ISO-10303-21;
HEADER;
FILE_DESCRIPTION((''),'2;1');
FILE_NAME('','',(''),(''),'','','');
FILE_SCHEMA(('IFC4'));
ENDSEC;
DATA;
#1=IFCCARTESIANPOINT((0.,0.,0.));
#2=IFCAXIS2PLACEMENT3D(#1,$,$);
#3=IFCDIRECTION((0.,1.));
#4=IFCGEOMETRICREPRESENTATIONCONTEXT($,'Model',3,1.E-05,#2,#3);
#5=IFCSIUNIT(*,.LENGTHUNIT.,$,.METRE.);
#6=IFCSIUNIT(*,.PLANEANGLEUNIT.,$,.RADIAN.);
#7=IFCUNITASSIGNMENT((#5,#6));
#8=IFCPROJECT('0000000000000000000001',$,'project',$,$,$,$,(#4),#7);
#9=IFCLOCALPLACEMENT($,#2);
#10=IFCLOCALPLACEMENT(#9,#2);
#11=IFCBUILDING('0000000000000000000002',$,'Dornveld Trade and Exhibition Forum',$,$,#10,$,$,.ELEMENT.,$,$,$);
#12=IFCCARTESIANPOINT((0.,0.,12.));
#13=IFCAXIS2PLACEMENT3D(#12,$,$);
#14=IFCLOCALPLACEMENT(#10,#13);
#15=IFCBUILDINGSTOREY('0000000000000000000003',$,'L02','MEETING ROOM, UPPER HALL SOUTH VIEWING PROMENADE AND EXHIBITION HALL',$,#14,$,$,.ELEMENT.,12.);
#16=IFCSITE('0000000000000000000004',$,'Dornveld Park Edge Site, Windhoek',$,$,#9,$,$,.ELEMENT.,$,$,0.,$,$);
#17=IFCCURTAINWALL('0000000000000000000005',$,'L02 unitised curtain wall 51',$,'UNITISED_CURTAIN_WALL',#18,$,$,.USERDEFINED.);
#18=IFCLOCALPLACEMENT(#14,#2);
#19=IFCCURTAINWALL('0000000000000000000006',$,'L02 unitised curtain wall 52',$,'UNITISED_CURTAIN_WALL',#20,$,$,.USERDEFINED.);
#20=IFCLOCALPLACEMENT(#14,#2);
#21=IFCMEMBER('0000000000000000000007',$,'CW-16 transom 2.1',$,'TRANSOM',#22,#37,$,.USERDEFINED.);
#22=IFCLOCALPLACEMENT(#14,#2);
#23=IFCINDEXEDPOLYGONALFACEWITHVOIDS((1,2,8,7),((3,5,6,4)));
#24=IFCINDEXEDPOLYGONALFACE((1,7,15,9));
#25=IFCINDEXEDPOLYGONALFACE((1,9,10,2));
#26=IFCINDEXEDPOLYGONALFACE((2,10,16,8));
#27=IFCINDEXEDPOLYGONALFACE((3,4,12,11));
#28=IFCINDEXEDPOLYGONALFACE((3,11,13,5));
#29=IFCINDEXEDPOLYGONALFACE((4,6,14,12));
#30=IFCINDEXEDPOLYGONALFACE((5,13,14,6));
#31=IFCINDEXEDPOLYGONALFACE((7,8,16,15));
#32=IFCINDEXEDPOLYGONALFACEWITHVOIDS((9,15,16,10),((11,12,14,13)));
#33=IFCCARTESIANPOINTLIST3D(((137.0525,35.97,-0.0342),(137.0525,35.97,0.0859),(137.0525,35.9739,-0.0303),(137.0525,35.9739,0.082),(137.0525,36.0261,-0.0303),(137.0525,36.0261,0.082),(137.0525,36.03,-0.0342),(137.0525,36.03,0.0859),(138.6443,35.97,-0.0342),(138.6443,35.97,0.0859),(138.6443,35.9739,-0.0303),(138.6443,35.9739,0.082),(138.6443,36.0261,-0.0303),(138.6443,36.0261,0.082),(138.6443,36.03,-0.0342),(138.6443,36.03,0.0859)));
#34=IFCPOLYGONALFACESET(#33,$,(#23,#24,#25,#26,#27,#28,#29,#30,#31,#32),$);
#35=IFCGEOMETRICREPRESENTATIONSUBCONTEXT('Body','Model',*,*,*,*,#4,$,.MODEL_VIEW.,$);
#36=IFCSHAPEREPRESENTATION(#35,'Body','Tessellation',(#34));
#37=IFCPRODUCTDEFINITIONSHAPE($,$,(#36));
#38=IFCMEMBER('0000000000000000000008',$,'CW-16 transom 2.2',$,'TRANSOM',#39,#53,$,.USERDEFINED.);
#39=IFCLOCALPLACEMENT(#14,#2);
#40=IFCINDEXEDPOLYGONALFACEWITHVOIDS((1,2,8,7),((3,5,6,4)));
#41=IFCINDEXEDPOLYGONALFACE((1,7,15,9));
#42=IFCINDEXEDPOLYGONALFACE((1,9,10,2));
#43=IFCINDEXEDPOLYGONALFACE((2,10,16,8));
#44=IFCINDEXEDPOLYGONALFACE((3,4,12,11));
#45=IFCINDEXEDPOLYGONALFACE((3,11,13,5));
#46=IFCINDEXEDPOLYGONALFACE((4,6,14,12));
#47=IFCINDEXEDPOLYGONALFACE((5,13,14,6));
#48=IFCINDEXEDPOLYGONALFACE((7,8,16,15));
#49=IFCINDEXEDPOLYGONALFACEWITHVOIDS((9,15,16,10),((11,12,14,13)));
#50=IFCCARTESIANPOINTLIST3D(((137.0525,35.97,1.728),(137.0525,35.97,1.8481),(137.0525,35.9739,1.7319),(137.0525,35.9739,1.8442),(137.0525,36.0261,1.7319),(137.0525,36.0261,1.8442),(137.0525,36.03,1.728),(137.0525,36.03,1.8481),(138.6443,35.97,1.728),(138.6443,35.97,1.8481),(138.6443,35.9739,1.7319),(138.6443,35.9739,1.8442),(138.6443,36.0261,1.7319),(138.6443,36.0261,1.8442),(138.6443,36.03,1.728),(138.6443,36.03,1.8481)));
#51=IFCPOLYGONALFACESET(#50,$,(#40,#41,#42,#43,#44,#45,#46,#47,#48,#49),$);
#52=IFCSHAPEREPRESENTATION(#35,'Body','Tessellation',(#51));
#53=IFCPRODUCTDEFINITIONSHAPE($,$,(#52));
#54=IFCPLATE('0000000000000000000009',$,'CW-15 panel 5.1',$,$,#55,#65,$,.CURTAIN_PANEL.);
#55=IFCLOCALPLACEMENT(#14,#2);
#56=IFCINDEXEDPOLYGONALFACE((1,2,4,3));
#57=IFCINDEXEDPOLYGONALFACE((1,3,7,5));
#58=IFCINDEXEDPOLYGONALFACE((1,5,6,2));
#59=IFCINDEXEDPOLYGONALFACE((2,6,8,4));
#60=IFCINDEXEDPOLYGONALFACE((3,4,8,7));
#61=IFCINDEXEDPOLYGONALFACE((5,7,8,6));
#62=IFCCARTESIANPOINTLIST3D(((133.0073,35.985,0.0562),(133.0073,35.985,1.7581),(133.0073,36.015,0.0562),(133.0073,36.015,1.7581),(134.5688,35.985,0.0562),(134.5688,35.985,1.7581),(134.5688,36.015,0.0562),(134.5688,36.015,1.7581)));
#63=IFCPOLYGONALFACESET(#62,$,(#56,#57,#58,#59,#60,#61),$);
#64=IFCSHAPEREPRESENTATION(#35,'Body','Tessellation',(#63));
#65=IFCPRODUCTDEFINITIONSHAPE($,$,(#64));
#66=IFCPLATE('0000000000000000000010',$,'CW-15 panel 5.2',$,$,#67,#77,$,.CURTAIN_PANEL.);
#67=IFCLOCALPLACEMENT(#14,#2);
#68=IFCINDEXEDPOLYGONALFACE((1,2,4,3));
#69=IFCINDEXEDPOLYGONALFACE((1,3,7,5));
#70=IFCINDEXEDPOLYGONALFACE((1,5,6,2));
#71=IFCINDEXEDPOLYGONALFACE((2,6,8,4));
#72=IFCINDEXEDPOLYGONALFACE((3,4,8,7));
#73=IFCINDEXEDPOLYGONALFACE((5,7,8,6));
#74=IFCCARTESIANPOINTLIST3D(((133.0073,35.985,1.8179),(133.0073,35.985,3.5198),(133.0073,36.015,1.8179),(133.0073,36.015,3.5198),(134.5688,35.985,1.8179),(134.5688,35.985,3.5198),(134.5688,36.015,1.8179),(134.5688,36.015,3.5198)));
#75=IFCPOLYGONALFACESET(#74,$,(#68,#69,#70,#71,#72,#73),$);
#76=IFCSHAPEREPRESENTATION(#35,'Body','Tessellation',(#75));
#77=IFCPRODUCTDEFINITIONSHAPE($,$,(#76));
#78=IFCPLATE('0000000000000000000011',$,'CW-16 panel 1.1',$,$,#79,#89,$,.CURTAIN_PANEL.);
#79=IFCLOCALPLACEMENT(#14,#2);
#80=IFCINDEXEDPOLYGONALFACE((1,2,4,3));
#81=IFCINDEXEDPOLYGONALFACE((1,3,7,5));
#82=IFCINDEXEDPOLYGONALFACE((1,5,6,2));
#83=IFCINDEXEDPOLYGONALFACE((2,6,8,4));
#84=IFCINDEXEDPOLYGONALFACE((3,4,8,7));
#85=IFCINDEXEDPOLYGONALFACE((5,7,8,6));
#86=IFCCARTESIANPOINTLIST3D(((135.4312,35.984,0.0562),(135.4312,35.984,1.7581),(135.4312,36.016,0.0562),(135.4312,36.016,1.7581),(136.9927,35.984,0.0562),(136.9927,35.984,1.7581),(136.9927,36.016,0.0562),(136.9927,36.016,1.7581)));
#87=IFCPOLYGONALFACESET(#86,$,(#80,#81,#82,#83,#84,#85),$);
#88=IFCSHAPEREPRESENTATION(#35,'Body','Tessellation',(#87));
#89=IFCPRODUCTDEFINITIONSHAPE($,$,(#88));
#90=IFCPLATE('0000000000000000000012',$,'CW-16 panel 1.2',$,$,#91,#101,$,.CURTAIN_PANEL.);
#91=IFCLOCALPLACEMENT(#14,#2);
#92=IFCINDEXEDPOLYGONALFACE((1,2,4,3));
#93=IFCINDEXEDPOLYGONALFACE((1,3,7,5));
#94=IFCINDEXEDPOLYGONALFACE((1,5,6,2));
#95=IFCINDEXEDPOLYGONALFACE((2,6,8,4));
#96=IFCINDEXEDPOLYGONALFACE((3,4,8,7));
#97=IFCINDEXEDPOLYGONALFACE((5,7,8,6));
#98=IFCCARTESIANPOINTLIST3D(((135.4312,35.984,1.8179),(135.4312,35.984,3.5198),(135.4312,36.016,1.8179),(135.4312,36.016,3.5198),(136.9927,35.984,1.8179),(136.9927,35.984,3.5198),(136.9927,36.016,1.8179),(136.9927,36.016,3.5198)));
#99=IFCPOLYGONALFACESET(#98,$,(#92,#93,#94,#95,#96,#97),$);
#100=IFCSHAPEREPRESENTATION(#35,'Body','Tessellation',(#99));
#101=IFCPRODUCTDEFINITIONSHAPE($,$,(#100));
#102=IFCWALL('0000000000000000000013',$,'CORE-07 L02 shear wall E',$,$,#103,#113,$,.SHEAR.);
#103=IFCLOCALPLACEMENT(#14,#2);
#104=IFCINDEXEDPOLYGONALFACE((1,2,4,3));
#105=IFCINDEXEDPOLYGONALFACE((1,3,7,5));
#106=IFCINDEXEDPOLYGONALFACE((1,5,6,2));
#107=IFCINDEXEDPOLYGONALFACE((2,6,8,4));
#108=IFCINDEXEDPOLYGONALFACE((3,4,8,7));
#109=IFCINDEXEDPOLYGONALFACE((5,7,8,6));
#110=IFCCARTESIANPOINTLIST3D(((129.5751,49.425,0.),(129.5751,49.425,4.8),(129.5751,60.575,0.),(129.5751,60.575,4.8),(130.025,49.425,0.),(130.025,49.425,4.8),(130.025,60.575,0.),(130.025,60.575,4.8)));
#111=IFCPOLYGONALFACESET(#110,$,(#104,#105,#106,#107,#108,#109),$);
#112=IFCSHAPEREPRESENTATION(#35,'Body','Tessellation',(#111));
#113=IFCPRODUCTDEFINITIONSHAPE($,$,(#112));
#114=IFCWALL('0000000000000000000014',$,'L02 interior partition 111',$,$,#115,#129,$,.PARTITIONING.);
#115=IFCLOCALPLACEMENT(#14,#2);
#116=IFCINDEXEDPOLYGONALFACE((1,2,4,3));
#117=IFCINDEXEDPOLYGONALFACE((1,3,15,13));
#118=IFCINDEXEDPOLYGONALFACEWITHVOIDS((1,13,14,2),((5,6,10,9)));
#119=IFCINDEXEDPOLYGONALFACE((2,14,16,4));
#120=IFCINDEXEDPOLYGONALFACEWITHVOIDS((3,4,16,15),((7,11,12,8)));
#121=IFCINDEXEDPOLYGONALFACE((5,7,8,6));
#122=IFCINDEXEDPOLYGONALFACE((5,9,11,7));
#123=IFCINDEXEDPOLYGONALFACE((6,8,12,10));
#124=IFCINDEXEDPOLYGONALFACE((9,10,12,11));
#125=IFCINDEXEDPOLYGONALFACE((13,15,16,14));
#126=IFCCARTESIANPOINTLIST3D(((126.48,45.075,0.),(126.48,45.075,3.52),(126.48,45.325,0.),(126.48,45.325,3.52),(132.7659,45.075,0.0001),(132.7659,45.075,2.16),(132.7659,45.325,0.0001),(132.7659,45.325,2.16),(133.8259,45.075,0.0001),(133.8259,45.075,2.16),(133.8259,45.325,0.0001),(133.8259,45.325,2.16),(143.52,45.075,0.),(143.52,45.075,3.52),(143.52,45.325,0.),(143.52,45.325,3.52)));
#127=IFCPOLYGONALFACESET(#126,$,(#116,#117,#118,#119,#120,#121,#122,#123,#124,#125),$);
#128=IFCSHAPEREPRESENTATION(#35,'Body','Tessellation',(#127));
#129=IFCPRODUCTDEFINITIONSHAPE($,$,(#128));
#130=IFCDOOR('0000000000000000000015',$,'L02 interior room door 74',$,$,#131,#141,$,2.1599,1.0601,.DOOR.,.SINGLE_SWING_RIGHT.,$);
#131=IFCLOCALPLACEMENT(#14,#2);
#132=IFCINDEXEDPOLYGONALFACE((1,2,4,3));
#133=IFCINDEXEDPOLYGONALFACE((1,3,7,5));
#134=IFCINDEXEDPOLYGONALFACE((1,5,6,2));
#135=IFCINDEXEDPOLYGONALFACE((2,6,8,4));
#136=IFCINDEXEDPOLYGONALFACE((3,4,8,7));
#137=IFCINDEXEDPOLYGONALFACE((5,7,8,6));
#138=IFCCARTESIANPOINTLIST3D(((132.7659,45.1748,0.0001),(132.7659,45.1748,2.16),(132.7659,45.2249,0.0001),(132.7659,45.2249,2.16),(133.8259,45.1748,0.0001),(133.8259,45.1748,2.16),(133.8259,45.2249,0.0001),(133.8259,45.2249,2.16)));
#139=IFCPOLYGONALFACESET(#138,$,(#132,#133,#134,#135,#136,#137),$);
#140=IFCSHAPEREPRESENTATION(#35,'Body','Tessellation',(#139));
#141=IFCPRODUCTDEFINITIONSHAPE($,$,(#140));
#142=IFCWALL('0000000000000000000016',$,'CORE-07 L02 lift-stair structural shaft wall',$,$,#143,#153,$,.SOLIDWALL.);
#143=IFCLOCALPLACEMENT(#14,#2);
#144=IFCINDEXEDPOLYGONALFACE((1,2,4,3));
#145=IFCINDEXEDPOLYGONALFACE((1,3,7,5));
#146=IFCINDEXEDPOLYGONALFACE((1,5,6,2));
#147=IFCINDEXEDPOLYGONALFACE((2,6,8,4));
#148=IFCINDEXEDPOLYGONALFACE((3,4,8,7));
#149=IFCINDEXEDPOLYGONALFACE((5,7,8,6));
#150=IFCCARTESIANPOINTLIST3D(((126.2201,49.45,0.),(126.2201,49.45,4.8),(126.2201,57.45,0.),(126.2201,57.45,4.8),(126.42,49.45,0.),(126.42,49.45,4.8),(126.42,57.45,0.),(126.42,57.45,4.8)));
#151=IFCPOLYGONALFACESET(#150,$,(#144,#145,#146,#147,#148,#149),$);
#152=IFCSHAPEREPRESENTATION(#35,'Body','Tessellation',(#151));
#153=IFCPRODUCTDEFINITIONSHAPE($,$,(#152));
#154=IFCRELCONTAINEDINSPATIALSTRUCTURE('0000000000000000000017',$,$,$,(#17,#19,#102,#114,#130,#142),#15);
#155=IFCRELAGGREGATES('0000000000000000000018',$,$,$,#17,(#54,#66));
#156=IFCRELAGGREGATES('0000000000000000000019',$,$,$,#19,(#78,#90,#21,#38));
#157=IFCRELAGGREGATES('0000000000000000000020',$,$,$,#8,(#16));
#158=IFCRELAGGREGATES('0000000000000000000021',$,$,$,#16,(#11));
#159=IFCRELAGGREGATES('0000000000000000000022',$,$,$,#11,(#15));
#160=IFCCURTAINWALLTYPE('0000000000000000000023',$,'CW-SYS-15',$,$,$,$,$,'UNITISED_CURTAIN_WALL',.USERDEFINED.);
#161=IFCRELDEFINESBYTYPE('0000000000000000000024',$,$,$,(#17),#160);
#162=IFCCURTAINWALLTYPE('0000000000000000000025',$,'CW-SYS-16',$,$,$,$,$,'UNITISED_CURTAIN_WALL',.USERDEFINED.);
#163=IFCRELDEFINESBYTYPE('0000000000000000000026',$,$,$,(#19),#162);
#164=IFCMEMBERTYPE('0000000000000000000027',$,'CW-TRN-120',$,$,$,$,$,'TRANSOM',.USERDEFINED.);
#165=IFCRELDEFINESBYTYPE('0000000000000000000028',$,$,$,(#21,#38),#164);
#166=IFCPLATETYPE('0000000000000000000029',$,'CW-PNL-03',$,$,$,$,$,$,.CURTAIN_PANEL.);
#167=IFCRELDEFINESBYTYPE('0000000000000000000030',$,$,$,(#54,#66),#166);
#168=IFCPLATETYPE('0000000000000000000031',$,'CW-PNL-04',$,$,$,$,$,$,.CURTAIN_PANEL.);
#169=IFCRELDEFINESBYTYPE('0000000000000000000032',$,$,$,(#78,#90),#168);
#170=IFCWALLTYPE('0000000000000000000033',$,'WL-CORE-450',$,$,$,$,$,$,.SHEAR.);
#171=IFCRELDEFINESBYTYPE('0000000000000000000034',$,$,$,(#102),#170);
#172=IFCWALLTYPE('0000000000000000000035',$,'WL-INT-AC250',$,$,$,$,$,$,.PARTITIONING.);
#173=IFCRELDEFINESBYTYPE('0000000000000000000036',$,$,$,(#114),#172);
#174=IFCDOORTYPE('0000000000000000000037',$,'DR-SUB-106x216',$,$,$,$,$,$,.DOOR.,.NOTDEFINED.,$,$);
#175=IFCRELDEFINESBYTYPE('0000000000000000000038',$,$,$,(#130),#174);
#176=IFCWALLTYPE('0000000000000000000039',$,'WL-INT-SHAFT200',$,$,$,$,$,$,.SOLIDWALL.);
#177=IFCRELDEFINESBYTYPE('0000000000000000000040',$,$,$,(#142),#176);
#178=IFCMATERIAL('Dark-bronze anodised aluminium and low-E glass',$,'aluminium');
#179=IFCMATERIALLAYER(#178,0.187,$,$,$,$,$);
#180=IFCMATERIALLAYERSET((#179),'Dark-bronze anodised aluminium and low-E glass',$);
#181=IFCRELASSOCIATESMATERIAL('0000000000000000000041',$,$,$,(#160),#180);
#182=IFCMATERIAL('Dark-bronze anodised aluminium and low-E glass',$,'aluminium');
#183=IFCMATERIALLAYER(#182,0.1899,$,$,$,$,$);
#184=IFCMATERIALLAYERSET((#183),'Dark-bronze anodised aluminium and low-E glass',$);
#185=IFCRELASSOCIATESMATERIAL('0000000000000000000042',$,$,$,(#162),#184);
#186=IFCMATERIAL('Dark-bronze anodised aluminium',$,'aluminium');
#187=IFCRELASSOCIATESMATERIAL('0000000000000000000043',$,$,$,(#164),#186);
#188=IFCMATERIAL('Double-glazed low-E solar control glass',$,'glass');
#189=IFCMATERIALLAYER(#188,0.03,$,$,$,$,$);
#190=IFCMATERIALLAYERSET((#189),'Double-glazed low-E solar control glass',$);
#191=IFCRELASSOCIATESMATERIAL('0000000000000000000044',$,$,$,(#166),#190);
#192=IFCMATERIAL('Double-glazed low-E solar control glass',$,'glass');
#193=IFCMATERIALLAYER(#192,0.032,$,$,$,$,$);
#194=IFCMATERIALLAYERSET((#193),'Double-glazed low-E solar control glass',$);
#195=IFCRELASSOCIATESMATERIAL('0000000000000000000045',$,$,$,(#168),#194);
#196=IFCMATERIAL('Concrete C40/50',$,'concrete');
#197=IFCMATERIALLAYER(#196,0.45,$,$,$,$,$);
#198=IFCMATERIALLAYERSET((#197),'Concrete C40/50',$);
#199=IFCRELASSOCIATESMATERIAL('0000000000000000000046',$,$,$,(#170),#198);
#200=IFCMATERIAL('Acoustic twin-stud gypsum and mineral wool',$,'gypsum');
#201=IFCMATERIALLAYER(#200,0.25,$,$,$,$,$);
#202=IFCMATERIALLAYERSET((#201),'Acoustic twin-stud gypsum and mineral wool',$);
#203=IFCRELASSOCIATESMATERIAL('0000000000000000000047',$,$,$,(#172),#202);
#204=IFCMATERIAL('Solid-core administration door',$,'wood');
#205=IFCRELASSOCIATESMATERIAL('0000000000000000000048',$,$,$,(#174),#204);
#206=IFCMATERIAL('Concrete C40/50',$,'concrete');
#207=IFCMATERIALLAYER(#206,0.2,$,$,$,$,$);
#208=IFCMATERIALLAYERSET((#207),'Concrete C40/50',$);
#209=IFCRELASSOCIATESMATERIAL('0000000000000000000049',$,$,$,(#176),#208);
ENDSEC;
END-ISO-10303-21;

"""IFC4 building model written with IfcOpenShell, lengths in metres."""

from ifc_helpers import new_model, si_unit, direction, frame, frame_2d, origin, origin_2d, place, context, subcontext, project, spatial, rectangle, hollow_rectangle, extrude, material, layer, layer_set, material_profile, profile_set, type_object, element, fill, aggregate, save


model = new_model("IFC4")

# Units and contexts
model_context = context("Model", 3, precision=1e-05, world=origin(), true_north=direction((0.0, 1.0)))
body_context = subcontext(model_context, "Body", "Model", "MODEL_VIEW")
ifc_project = project(units=[si_unit("LENGTHUNIT", "METRE"), si_unit("PLANEANGLEUNIT", "RADIAN")], contexts=[model_context])

# Site, building, storey
site_placement = place(None, origin())
site = spatial("IfcSite", under=ifc_project, at=site_placement, Name="Dornveld Park Edge Site, Windhoek", CompositionType="ELEMENT", RefElevation=0.0)
building_placement = place(site_placement, origin())
building = spatial("IfcBuilding", under=site, at=building_placement, Name="Dornveld Trade and Exhibition Forum", CompositionType="ELEMENT")
storey_placement = place(building_placement, frame((0.0, 0.0, 12.0)))
storey = spatial("IfcBuildingStorey", under=building, at=storey_placement, Name="L02", Description="MEETING ROOM, UPPER HALL SOUTH VIEWING PROMENADE AND EXHIBITION HALL", CompositionType="ELEMENT", Elevation=12.0)

# Curtain wall
ifc_material_1 = material(Name="Dark-bronze anodised aluminium and low-E glass", Category="aluminium")
ifc_layer_1 = layer(ifc_material_1, 0.187)
ifc_layer_set_1 = layer_set([ifc_layer_1], Name="Dark-bronze anodised aluminium and low-E glass")
curtain_wall_type_1 = type_object("IfcCurtainWallType", Name="CW-SYS-15", ElementType="UNITISED_CURTAIN_WALL", PredefinedType="USERDEFINED", material=ifc_layer_set_1)
curtain_wall_1_placement = place(storey_placement, origin())
curtain_wall_1 = element("IfcCurtainWall", 1, at=curtain_wall_1_placement, inside=storey, type_object=curtain_wall_type_1, Name="L02 unitised curtain wall 51", ObjectType="UNITISED_CURTAIN_WALL", PredefinedType="USERDEFINED")

# Curtain wall
ifc_material_2 = material(Name="Dark-bronze anodised aluminium and low-E glass", Category="aluminium")
ifc_layer_2 = layer(ifc_material_2, 0.1899)
ifc_layer_set_2 = layer_set([ifc_layer_2], Name="Dark-bronze anodised aluminium and low-E glass")
curtain_wall_type_2 = type_object("IfcCurtainWallType", Name="CW-SYS-16", ElementType="UNITISED_CURTAIN_WALL", PredefinedType="USERDEFINED", material=ifc_layer_set_2)
curtain_wall_2_placement = place(storey_placement, origin())
curtain_wall_2 = element("IfcCurtainWall", 2, at=curtain_wall_2_placement, inside=storey, type_object=curtain_wall_type_2, Name="L02 unitised curtain wall 52", ObjectType="UNITISED_CURTAIN_WALL", PredefinedType="USERDEFINED")

# Members
ifc_material_3 = material(Name="Dark-bronze anodised aluminium", Category="aluminium")
ifc_material_profile_1 = material_profile(ifc_material_3, hollow_rectangle(XDim=0.0601, YDim=0.1201, WallThickness=0.0039, at=origin_2d()), Name="RHS 120x60x4")
ifc_profile_set_1 = profile_set([ifc_material_profile_1], Name="Dark-bronze anodised aluminium")
member_type_1 = type_object("IfcMemberType", Name="CW-TRN-120", ElementType="TRANSOM", PredefinedType="USERDEFINED", material=ifc_profile_set_1)
member_1_placement = place(storey_placement, frame((137.0525, 36.0, 0.0259), z_axis=(1.0, 0.0, 0.0), x_axis=(0.0, 1.0, 0.0)))
member_1 = element("IfcMember", 3, at=member_1_placement, type_object=member_type_1, Name="CW-16 transom 2.1", ObjectType="TRANSOM", PredefinedType="USERDEFINED", context=body_context, shape_type="SweptSolid", body=[
    extrude(hollow_rectangle(XDim=0.0601, YDim=0.1201, WallThickness=0.0039, at=origin_2d()), origin(), (0.0, 0.0, 1.0), 1.5918),
])
member_2_placement = place(storey_placement, frame((137.0525, 36.0, 1.7881), z_axis=(1.0, 0.0, 0.0), x_axis=(0.0, 1.0, 0.0)))
member_2 = element("IfcMember", 4, at=member_2_placement, type_object=member_type_1, Name="CW-16 transom 2.2", ObjectType="TRANSOM", PredefinedType="USERDEFINED", context=body_context, shape_type="SweptSolid", body=[
    extrude(hollow_rectangle(XDim=0.0601, YDim=0.1201, WallThickness=0.0039, at=origin_2d()), origin(), (0.0, 0.0, 1.0), 1.5918),
])

# Plates
ifc_material_4 = material(Name="Double-glazed low-E solar control glass", Category="glass")
ifc_layer_3 = layer(ifc_material_4, 0.03)
ifc_layer_set_3 = layer_set([ifc_layer_3], Name="Double-glazed low-E solar control glass")
plate_type_1 = type_object("IfcPlateType", Name="CW-PNL-03", PredefinedType="CURTAIN_PANEL", material=ifc_layer_set_3)
plate_1_placement = place(storey_placement, frame((133.7881, 36.0, 0.0562), z_axis=(0.0, 0.0, 1.0), x_axis=(1.0, 0.0, 0.0)))
plate_1 = element("IfcPlate", 5, at=plate_1_placement, type_object=plate_type_1, Name="CW-15 panel 5.1", PredefinedType="CURTAIN_PANEL", context=body_context, shape_type="SweptSolid", body=[
    extrude(rectangle(XDim=1.5615, YDim=0.03, at=origin_2d()), origin(), (0.0, 0.0, 1.0), 1.7019),
])
plate_2_placement = place(storey_placement, frame((133.7881, 36.0, 1.8179), z_axis=(0.0, 0.0, 1.0), x_axis=(1.0, 0.0, 0.0)))
plate_2 = element("IfcPlate", 6, at=plate_2_placement, type_object=plate_type_1, Name="CW-15 panel 5.2", PredefinedType="CURTAIN_PANEL", context=body_context, shape_type="SweptSolid", body=[
    extrude(rectangle(XDim=1.5615, YDim=0.03, at=origin_2d()), origin(), (0.0, 0.0, 1.0), 1.7019),
])
aggregate(curtain_wall_1, [plate_1, plate_2])
ifc_material_5 = material(Name="Double-glazed low-E solar control glass", Category="glass")
ifc_layer_4 = layer(ifc_material_5, 0.032)
ifc_layer_set_4 = layer_set([ifc_layer_4], Name="Double-glazed low-E solar control glass")
plate_type_2 = type_object("IfcPlateType", Name="CW-PNL-04", PredefinedType="CURTAIN_PANEL", material=ifc_layer_set_4)
plate_3_placement = place(storey_placement, frame((136.2119, 36.0, 0.0562), z_axis=(0.0, 0.0, 1.0), x_axis=(1.0, 0.0, 0.0)))
plate_3 = element("IfcPlate", 7, at=plate_3_placement, type_object=plate_type_2, Name="CW-16 panel 1.1", PredefinedType="CURTAIN_PANEL", context=body_context, shape_type="SweptSolid", body=[
    extrude(rectangle(XDim=1.5615, YDim=0.032, at=origin_2d()), origin(), (0.0, 0.0, 1.0), 1.7019),
])
plate_4_placement = place(storey_placement, frame((136.2119, 36.0, 1.8179), z_axis=(0.0, 0.0, 1.0), x_axis=(1.0, 0.0, 0.0)))
plate_4 = element("IfcPlate", 8, at=plate_4_placement, type_object=plate_type_2, Name="CW-16 panel 1.2", PredefinedType="CURTAIN_PANEL", context=body_context, shape_type="SweptSolid", body=[
    extrude(rectangle(XDim=1.5615, YDim=0.032, at=origin_2d()), origin(), (0.0, 0.0, 1.0), 1.7019),
])
aggregate(curtain_wall_2, [plate_3, plate_4, member_1, member_2])

# Wall
ifc_material_6 = material(Name="Concrete C40/50", Category="concrete")
ifc_layer_5 = layer(ifc_material_6, 0.45)
ifc_layer_set_5 = layer_set([ifc_layer_5], Name="Concrete C40/50")
wall_type_1 = type_object("IfcWallType", Name="WL-CORE-450", PredefinedType="SHEAR", material=ifc_layer_set_5)
wall_1_placement = place(storey_placement, frame((129.8, 49.425, 0.0), z_axis=(0.0, 0.0, 1.0), x_axis=(0.0, 1.0, 0.0)))
element("IfcWall", 9, at=wall_1_placement, inside=storey, type_object=wall_type_1, Name="CORE-07 L02 shear wall E", PredefinedType="SHEAR", context=body_context, shape_type="SweptSolid", body=[
    extrude(rectangle(XDim=11.1499, YDim=0.45, at=frame_2d((5.575, 0.0))), origin(), (0.0, 0.0, 1.0), 4.8),
])

# Wall, opening, door
ifc_material_7 = material(Name="Acoustic twin-stud gypsum and mineral wool", Category="gypsum")
ifc_layer_6 = layer(ifc_material_7, 0.25)
ifc_layer_set_6 = layer_set([ifc_layer_6], Name="Acoustic twin-stud gypsum and mineral wool")
wall_type_2 = type_object("IfcWallType", Name="WL-INT-AC250", PredefinedType="PARTITIONING", material=ifc_layer_set_6)
wall_2_placement = place(storey_placement, frame((126.48, 45.2, 0.0), z_axis=(0.0, 0.0, 1.0), x_axis=(1.0, 0.0, 0.0)))
wall_2 = element("IfcWall", 10, at=wall_2_placement, inside=storey, type_object=wall_type_2, Name="L02 interior partition 111", PredefinedType="PARTITIONING", context=body_context, shape_type="SweptSolid", body=[
    extrude(rectangle(XDim=17.04, YDim=0.25, at=frame_2d((8.52, 0.0))), origin(), (0.0, 0.0, 1.0), 3.52),
])
opening_placement = place(wall_2_placement, frame((6.2859, 0.0, 0.0)))
opening = element("IfcOpeningElement", 11, at=opening_placement, cuts=wall_2, PredefinedType="OPENING", context=body_context, shape_type="SweptSolid", body=[
    extrude(rectangle(XDim=1.0601, YDim=2.1599, at=frame_2d((0.53, 1.0801))), frame((0.0, 0.135, 0.0), z_axis=(0.0, -1.0, 0.0), x_axis=(1.0, 0.0, 0.0)), (0.0, 0.0, 1.0), 0.27),
])
ifc_material_8 = material(Name="Solid-core administration door", Category="wood")
door_type = type_object("IfcDoorType", Name="DR-SUB-106x216", OperationType="NOTDEFINED", PredefinedType="DOOR", material=ifc_material_8)
door_placement = place(opening_placement, origin())
door = element("IfcDoor", 12, at=door_placement, inside=storey, type_object=door_type, Name="L02 interior room door 74", OperationType="SINGLE_SWING_RIGHT", OverallHeight=2.1599, OverallWidth=1.0601, PredefinedType="DOOR", context=body_context, shape_type="SweptSolid", body=[
    extrude(rectangle(XDim=1.0601, YDim=2.1599, at=frame_2d((0.53, 1.0801))), frame((0.0, 0.0249, 0.0), z_axis=(0.0, -1.0, 0.0), x_axis=(1.0, 0.0, 0.0)), (0.0, 0.0, 1.0), 0.05),
])
fill(opening, door)

# Wall
ifc_material_9 = material(Name="Concrete C40/50", Category="concrete")
ifc_layer_7 = layer(ifc_material_9, 0.2)
ifc_layer_set_7 = layer_set([ifc_layer_7], Name="Concrete C40/50")
wall_type_3 = type_object("IfcWallType", Name="WL-INT-SHAFT200", PredefinedType="SOLIDWALL", material=ifc_layer_set_7)
wall_3_placement = place(storey_placement, frame((126.3201, 49.45, 0.0), z_axis=(0.0, 0.0, 1.0), x_axis=(0.0, 1.0, 0.0)))
element("IfcWall", 13, at=wall_3_placement, inside=storey, type_object=wall_type_3, Name="CORE-07 L02 lift-stair structural shaft wall", PredefinedType="SOLIDWALL", context=body_context, shape_type="SweptSolid", body=[
    extrude(rectangle(XDim=8.0, YDim=0.2, at=frame_2d((4.0, 0.0))), origin(), (0.0, 0.0, 1.0), 4.8),
])

save(model, "model.ifc")
